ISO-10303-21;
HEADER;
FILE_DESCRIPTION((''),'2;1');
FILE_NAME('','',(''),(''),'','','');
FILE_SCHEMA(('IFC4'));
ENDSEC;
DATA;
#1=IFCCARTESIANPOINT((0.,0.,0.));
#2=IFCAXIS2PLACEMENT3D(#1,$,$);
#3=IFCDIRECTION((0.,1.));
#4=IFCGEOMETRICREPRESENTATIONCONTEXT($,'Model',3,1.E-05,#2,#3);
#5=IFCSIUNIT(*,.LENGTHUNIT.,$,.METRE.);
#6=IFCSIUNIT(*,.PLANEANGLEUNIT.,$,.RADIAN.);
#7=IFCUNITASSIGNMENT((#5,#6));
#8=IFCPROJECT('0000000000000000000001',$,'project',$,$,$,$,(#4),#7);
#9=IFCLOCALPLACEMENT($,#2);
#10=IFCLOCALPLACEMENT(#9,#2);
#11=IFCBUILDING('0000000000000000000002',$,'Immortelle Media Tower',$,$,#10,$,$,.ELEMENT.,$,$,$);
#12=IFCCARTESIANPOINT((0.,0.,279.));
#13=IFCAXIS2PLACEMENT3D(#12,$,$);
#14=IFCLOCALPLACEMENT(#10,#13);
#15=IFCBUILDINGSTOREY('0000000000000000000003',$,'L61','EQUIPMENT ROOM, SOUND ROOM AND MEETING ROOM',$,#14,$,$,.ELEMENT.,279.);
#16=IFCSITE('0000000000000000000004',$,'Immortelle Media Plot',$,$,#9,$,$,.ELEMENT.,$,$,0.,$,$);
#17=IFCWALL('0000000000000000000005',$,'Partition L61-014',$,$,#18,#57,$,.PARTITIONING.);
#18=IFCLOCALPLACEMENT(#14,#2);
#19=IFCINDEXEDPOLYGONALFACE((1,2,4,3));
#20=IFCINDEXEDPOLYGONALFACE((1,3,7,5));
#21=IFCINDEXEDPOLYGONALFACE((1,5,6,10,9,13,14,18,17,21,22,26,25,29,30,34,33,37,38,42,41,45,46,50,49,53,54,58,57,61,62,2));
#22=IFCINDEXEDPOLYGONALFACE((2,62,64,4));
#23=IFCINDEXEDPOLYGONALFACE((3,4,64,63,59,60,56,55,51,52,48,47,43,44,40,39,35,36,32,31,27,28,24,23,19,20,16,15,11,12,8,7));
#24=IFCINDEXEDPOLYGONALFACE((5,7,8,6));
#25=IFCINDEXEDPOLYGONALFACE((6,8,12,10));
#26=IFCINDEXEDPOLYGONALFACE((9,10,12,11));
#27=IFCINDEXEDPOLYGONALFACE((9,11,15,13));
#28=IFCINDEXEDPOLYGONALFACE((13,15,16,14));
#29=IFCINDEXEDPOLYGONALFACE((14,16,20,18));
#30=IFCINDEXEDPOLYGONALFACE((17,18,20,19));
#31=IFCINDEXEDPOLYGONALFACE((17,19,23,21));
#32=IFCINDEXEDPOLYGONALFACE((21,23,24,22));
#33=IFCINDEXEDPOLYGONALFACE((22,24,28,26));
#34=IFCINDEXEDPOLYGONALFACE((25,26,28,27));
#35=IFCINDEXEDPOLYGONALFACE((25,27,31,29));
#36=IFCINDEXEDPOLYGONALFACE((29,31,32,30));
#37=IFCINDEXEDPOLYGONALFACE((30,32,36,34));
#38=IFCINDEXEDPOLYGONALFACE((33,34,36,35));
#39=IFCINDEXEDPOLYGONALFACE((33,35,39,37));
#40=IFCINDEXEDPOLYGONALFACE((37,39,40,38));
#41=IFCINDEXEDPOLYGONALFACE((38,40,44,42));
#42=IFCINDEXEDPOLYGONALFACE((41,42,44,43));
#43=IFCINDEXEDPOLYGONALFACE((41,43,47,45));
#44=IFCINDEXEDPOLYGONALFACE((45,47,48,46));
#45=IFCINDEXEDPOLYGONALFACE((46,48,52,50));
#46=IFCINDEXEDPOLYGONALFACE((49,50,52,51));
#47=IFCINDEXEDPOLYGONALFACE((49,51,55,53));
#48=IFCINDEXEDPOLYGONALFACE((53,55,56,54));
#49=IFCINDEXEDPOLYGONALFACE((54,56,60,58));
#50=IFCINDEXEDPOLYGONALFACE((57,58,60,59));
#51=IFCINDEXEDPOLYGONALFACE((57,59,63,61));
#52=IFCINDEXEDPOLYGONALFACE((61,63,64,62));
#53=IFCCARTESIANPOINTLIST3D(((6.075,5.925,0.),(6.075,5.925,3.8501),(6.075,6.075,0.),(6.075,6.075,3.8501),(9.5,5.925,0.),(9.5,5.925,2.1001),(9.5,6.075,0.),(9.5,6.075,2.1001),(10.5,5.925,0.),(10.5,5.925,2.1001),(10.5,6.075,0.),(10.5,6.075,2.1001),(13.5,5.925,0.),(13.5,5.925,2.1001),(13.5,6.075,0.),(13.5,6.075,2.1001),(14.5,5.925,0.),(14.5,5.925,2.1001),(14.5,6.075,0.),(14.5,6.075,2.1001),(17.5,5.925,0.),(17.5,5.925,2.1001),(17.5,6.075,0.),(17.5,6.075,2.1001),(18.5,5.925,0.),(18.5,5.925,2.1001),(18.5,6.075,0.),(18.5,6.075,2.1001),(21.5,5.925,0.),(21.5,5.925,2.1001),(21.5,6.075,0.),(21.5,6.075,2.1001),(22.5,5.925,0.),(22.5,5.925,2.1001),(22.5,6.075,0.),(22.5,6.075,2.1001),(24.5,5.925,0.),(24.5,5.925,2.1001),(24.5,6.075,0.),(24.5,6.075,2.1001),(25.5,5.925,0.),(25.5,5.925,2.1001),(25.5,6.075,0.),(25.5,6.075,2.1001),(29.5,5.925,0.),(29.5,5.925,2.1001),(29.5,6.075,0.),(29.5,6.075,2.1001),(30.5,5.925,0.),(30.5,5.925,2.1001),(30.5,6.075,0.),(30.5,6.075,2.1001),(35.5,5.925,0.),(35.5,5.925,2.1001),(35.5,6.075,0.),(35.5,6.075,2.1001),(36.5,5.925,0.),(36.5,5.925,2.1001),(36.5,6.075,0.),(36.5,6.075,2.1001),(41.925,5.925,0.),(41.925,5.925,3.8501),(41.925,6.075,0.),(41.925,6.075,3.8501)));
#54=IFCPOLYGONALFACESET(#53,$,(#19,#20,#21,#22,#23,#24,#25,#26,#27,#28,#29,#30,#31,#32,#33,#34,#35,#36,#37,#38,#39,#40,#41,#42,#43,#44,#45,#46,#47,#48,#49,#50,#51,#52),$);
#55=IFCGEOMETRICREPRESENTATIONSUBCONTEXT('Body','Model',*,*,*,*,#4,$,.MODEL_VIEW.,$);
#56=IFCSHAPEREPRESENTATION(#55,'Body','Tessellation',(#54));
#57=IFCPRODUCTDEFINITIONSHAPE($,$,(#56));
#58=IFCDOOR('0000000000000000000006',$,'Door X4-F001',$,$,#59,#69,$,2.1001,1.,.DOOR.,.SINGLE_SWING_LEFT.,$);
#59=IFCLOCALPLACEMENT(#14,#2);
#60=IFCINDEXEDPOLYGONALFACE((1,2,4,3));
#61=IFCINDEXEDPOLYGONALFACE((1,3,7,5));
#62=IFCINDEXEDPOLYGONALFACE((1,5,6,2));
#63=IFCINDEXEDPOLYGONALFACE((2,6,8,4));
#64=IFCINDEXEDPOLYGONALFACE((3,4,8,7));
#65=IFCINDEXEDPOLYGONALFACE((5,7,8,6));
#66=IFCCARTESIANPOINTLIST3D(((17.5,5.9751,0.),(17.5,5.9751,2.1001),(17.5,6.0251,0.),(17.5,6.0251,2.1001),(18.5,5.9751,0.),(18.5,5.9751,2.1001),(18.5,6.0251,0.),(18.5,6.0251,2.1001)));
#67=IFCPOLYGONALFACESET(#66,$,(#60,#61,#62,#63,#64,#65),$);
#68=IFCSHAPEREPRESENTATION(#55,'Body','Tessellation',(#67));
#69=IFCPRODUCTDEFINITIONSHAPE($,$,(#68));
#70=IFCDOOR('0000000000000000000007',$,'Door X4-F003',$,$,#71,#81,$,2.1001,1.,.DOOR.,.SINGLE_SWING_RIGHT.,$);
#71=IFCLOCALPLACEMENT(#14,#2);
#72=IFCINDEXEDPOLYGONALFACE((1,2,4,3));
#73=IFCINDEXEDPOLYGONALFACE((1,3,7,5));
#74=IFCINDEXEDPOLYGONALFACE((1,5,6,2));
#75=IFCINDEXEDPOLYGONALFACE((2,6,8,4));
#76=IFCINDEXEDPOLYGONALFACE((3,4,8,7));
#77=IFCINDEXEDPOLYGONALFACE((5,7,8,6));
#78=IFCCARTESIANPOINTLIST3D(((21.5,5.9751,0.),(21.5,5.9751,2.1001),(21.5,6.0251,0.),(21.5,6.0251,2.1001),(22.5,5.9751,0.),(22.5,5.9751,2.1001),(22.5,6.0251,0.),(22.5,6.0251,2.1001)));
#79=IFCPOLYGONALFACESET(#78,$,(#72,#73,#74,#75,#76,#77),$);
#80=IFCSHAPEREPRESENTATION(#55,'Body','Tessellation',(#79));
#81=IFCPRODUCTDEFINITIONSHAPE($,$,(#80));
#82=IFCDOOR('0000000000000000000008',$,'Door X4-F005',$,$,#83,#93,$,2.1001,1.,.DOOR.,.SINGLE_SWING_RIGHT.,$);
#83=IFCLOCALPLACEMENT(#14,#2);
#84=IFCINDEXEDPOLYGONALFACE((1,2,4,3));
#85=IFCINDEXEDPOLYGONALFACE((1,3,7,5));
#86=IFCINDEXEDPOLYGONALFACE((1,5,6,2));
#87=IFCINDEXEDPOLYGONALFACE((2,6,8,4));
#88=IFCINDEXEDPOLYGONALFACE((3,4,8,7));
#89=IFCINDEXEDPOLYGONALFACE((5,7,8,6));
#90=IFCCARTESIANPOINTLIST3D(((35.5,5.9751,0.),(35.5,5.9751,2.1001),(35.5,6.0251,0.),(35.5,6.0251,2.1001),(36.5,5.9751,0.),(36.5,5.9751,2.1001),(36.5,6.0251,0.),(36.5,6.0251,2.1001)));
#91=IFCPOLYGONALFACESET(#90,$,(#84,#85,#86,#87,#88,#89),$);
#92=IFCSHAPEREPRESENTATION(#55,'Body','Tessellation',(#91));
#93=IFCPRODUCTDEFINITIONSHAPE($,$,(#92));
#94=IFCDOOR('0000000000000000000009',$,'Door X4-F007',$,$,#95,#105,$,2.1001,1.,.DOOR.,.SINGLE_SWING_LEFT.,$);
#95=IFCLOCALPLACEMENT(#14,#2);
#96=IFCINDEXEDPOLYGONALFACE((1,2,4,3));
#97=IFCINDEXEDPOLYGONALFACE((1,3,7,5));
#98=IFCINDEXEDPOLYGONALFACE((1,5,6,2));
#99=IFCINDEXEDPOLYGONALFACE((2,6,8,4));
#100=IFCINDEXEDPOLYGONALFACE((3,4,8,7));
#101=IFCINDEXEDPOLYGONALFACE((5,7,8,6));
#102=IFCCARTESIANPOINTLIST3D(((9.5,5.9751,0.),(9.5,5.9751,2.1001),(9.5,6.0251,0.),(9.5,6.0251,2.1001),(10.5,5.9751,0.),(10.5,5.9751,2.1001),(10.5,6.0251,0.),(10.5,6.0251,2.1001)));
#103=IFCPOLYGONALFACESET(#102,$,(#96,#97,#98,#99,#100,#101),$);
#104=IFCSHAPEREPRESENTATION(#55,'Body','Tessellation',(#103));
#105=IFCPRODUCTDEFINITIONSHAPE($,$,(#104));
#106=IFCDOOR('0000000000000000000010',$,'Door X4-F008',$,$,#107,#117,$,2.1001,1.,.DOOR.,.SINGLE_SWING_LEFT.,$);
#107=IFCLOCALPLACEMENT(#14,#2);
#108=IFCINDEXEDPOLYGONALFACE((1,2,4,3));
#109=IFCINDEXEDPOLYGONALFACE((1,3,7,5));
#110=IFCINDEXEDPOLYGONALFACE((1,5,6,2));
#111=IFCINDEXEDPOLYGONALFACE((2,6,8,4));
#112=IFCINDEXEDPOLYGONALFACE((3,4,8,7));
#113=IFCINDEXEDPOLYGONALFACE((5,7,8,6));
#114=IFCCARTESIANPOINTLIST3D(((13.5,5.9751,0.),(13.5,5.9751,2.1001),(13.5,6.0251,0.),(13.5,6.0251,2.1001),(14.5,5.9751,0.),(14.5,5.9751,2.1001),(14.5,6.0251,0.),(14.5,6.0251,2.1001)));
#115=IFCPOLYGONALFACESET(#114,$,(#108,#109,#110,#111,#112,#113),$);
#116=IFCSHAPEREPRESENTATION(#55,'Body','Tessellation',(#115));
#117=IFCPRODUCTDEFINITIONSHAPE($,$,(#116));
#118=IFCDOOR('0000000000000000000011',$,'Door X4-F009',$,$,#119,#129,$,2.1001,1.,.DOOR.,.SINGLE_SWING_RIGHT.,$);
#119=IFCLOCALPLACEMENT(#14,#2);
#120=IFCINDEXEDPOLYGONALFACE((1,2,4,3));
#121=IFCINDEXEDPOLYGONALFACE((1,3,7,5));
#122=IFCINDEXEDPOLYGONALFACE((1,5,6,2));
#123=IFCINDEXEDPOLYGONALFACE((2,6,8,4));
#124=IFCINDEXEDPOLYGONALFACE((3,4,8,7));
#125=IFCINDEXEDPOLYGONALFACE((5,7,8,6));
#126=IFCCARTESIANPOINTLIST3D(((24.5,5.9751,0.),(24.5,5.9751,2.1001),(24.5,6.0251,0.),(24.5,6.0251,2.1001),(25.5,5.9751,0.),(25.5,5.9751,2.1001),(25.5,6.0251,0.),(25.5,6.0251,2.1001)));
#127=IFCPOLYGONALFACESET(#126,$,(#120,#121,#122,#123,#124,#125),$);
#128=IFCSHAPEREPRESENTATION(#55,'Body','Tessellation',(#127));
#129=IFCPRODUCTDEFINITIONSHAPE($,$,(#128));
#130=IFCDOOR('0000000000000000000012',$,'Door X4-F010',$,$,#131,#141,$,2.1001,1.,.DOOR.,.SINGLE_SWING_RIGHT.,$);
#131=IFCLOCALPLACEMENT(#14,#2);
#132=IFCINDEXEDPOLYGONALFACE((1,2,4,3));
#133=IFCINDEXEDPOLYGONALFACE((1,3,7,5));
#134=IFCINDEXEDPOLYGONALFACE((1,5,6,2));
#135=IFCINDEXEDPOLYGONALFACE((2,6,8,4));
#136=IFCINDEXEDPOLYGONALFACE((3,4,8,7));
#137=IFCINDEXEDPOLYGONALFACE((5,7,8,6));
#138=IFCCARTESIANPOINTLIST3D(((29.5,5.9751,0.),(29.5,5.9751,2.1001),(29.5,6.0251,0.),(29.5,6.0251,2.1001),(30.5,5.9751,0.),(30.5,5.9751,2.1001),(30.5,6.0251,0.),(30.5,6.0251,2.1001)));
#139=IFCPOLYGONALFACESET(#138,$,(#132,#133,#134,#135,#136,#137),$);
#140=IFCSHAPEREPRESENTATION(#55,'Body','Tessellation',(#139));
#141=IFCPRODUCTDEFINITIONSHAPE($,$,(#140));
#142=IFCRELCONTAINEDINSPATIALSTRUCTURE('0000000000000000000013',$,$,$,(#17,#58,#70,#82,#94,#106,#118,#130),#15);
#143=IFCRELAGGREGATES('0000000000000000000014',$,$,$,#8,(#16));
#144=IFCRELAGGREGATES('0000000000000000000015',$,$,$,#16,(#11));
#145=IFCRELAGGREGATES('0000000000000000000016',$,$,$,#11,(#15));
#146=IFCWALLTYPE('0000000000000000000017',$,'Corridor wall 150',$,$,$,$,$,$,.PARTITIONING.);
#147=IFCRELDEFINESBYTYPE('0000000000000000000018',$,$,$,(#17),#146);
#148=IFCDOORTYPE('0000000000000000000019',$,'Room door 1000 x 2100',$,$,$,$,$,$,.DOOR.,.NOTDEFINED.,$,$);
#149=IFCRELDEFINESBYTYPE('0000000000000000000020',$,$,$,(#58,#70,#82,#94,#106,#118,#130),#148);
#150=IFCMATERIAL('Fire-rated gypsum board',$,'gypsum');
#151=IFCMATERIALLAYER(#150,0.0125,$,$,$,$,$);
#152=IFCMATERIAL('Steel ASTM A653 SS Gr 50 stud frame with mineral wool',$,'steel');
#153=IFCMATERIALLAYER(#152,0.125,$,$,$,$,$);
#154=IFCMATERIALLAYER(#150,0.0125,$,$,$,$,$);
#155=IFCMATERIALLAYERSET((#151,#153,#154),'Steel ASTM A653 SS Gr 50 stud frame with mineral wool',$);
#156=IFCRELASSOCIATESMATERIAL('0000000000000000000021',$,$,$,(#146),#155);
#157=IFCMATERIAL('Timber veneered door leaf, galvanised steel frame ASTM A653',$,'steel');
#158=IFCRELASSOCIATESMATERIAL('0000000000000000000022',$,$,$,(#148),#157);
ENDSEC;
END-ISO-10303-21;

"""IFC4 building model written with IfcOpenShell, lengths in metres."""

from ifc_helpers import new_model, si_unit, direction, frame, frame_2d, origin, place, context, subcontext, project, spatial, rectangle, extrude, material, layer, layer_set, type_object, element, fill, save


model = new_model("IFC4")

# Units and contexts
model_context = context("Model", 3, precision=1e-05, world=origin(), true_north=direction((0.0, 1.0)))
body_context = subcontext(model_context, "Body", "Model", "MODEL_VIEW")
ifc_project = project(units=[si_unit("LENGTHUNIT", "METRE"), si_unit("PLANEANGLEUNIT", "RADIAN")], contexts=[model_context])

# Site, building, storey
site_placement = place(None, origin())
site = spatial("IfcSite", under=ifc_project, at=site_placement, Name="Immortelle Media Plot", CompositionType="ELEMENT", RefElevation=0.0)
building_placement = place(site_placement, origin())
building = spatial("IfcBuilding", under=site, at=building_placement, Name="Immortelle Media Tower", CompositionType="ELEMENT")
storey_placement = place(building_placement, frame((0.0, 0.0, 279.0)))
storey = spatial("IfcBuildingStorey", under=building, at=storey_placement, Name="L61", Description="EQUIPMENT ROOM, SOUND ROOM AND MEETING ROOM", CompositionType="ELEMENT", Elevation=279.0)

# Wall, openings, doors
ifc_material_1 = material(Name="Fire-rated gypsum board", Category="gypsum")
ifc_layer_1 = layer(ifc_material_1, 0.0125)
ifc_material_2 = material(Name="Steel ASTM A653 SS Gr 50 stud frame with mineral wool", Category="steel")
ifc_layer_2 = layer(ifc_material_2, 0.125)
ifc_layer_3 = layer(ifc_material_1, 0.0125)
ifc_layer_set_1 = layer_set([ifc_layer_1, ifc_layer_2, ifc_layer_3], Name="Steel ASTM A653 SS Gr 50 stud frame with mineral wool")
wall_type_1 = type_object("IfcWallType", Name="Corridor wall 150", PredefinedType="PARTITIONING", material=ifc_layer_set_1)
wall_1_placement = place(storey_placement, frame((6.075, 6.0, 0.0), z_axis=(0.0, 0.0, 1.0), x_axis=(1.0, 0.0, 0.0)))
wall_1 = element("IfcWall", 1, at=wall_1_placement, inside=storey, type_object=wall_type_1, Name="Partition L61-014", PredefinedType="PARTITIONING", context=body_context, shape_type="SweptSolid", body=[
    extrude(rectangle(XDim=35.8501, YDim=0.1499, at=frame_2d((17.925, 0.0))), origin(), (0.0, 0.0, 1.0), 3.8501),
])
opening_1_placement = place(wall_1_placement, frame((12.425, 0.0, 0.0), z_axis=(0.0, 0.0, 1.0), x_axis=(-1.0, 0.0, 0.0)))
opening_1 = element("IfcOpeningElement", 2, at=opening_1_placement, cuts=wall_1, PredefinedType="OPENING", context=body_context, shape_type="SweptSolid", body=[
    extrude(rectangle(XDim=1.0, YDim=2.1001, at=frame_2d((0.5, 1.05))), frame((0.0, 0.085, 0.0), z_axis=(0.0, -1.0, 0.0), x_axis=(1.0, 0.0, 0.0)), (0.0, 0.0, 1.0), 0.1699),
])
opening_2_placement = place(wall_1_placement, frame((16.425, 0.0, 0.0), z_axis=(0.0, 0.0, 1.0), x_axis=(-1.0, 0.0, 0.0)))
opening_2 = element("IfcOpeningElement", 3, at=opening_2_placement, cuts=wall_1, PredefinedType="OPENING", context=body_context, shape_type="SweptSolid", body=[
    extrude(rectangle(XDim=1.0, YDim=2.1001, at=frame_2d((0.5, 1.05))), frame((0.0, 0.085, 0.0), z_axis=(0.0, -1.0, 0.0), x_axis=(1.0, 0.0, 0.0)), (0.0, 0.0, 1.0), 0.1699),
])
opening_3_placement = place(wall_1_placement, frame((30.425, 0.0, 0.0), z_axis=(0.0, 0.0, 1.0), x_axis=(-1.0, 0.0, 0.0)))
opening_3 = element("IfcOpeningElement", 4, at=opening_3_placement, cuts=wall_1, PredefinedType="OPENING", context=body_context, shape_type="SweptSolid", body=[
    extrude(rectangle(XDim=1.0, YDim=2.1001, at=frame_2d((0.5, 1.05))), frame((0.0, 0.085, 0.0), z_axis=(0.0, -1.0, 0.0), x_axis=(1.0, 0.0, 0.0)), (0.0, 0.0, 1.0), 0.1699),
])
opening_4_placement = place(wall_1_placement, frame((4.425, 0.0, 0.0), z_axis=(0.0, 0.0, 1.0), x_axis=(-1.0, 0.0, 0.0)))
opening_4 = element("IfcOpeningElement", 5, at=opening_4_placement, cuts=wall_1, PredefinedType="OPENING", context=body_context, shape_type="SweptSolid", body=[
    extrude(rectangle(XDim=1.0, YDim=2.1001, at=frame_2d((0.5, 1.05))), frame((0.0, 0.085, 0.0), z_axis=(0.0, -1.0, 0.0), x_axis=(1.0, 0.0, 0.0)), (0.0, 0.0, 1.0), 0.1699),
])
opening_5_placement = place(wall_1_placement, frame((8.425, 0.0, 0.0), z_axis=(0.0, 0.0, 1.0), x_axis=(-1.0, 0.0, 0.0)))
opening_5 = element("IfcOpeningElement", 6, at=opening_5_placement, cuts=wall_1, PredefinedType="OPENING", context=body_context, shape_type="SweptSolid", body=[
    extrude(rectangle(XDim=1.0, YDim=2.1001, at=frame_2d((0.5, 1.05))), frame((0.0, 0.085, 0.0), z_axis=(0.0, -1.0, 0.0), x_axis=(1.0, 0.0, 0.0)), (0.0, 0.0, 1.0), 0.1699),
])
opening_6_placement = place(wall_1_placement, frame((19.425, 0.0, 0.0), z_axis=(0.0, 0.0, 1.0), x_axis=(-1.0, 0.0, 0.0)))
opening_6 = element("IfcOpeningElement", 7, at=opening_6_placement, cuts=wall_1, PredefinedType="OPENING", context=body_context, shape_type="SweptSolid", body=[
    extrude(rectangle(XDim=1.0, YDim=2.1001, at=frame_2d((0.5, 1.05))), frame((0.0, 0.085, 0.0), z_axis=(0.0, -1.0, 0.0), x_axis=(1.0, 0.0, 0.0)), (0.0, 0.0, 1.0), 0.1699),
])
opening_7_placement = place(wall_1_placement, frame((24.425, 0.0, 0.0), z_axis=(0.0, 0.0, 1.0), x_axis=(-1.0, 0.0, 0.0)))
opening_7 = element("IfcOpeningElement", 8, at=opening_7_placement, cuts=wall_1, PredefinedType="OPENING", context=body_context, shape_type="SweptSolid", body=[
    extrude(rectangle(XDim=1.0, YDim=2.1001, at=frame_2d((0.5, 1.05))), frame((0.0, 0.085, 0.0), z_axis=(0.0, -1.0, 0.0), x_axis=(1.0, 0.0, 0.0)), (0.0, 0.0, 1.0), 0.1699),
])
ifc_material_3 = material(Name="Timber veneered door leaf, galvanised steel frame ASTM A653", Category="steel")
door_type = type_object("IfcDoorType", Name="Room door 1000 x 2100", OperationType="NOTDEFINED", PredefinedType="DOOR", material=ifc_material_3)
door_1_placement = place(opening_1_placement, origin())
door_1 = element("IfcDoor", 9, at=door_1_placement, inside=storey, type_object=door_type, Name="Door X4-F001", OperationType="SINGLE_SWING_LEFT", OverallHeight=2.1001, OverallWidth=1.0, PredefinedType="DOOR", context=body_context, shape_type="SweptSolid", body=[
    extrude(rectangle(XDim=1.0, YDim=2.1001, at=frame_2d((0.5, 1.05))), frame((0.0, 0.0249, 0.0), z_axis=(0.0, -1.0, 0.0), x_axis=(1.0, 0.0, 0.0)), (0.0, 0.0, 1.0), 0.05),
])
fill(opening_1, door_1)
door_2_placement = place(opening_2_placement, origin())
door_2 = element("IfcDoor", 10, at=door_2_placement, inside=storey, type_object=door_type, Name="Door X4-F003", OperationType="SINGLE_SWING_RIGHT", OverallHeight=2.1001, OverallWidth=1.0, PredefinedType="DOOR", context=body_context, shape_type="SweptSolid", body=[
    extrude(rectangle(XDim=1.0, YDim=2.1001, at=frame_2d((0.5, 1.05))), frame((0.0, 0.0249, 0.0), z_axis=(0.0, -1.0, 0.0), x_axis=(1.0, 0.0, 0.0)), (0.0, 0.0, 1.0), 0.05),
])
fill(opening_2, door_2)
door_3_placement = place(opening_3_placement, origin())
door_3 = element("IfcDoor", 11, at=door_3_placement, inside=storey, type_object=door_type, Name="Door X4-F005", OperationType="SINGLE_SWING_RIGHT", OverallHeight=2.1001, OverallWidth=1.0, PredefinedType="DOOR", context=body_context, shape_type="SweptSolid", body=[
    extrude(rectangle(XDim=1.0, YDim=2.1001, at=frame_2d((0.5, 1.05))), frame((0.0, 0.0249, 0.0), z_axis=(0.0, -1.0, 0.0), x_axis=(1.0, 0.0, 0.0)), (0.0, 0.0, 1.0), 0.05),
])
fill(opening_3, door_3)
door_4_placement = place(opening_4_placement, origin())
door_4 = element("IfcDoor", 12, at=door_4_placement, inside=storey, type_object=door_type, Name="Door X4-F007", OperationType="SINGLE_SWING_LEFT", OverallHeight=2.1001, OverallWidth=1.0, PredefinedType="DOOR", context=body_context, shape_type="SweptSolid", body=[
    extrude(rectangle(XDim=1.0, YDim=2.1001, at=frame_2d((0.5, 1.05))), frame((0.0, 0.0249, 0.0), z_axis=(0.0, -1.0, 0.0), x_axis=(1.0, 0.0, 0.0)), (0.0, 0.0, 1.0), 0.05),
])
fill(opening_4, door_4)
door_5_placement = place(opening_5_placement, origin())
door_5 = element("IfcDoor", 13, at=door_5_placement, inside=storey, type_object=door_type, Name="Door X4-F008", OperationType="SINGLE_SWING_LEFT", OverallHeight=2.1001, OverallWidth=1.0, PredefinedType="DOOR", context=body_context, shape_type="SweptSolid", body=[
    extrude(rectangle(XDim=1.0, YDim=2.1001, at=frame_2d((0.5, 1.05))), frame((0.0, 0.0249, 0.0), z_axis=(0.0, -1.0, 0.0), x_axis=(1.0, 0.0, 0.0)), (0.0, 0.0, 1.0), 0.05),
])
fill(opening_5, door_5)
door_6_placement = place(opening_6_placement, origin())
door_6 = element("IfcDoor", 14, at=door_6_placement, inside=storey, type_object=door_type, Name="Door X4-F009", OperationType="SINGLE_SWING_RIGHT", OverallHeight=2.1001, OverallWidth=1.0, PredefinedType="DOOR", context=body_context, shape_type="SweptSolid", body=[
    extrude(rectangle(XDim=1.0, YDim=2.1001, at=frame_2d((0.5, 1.05))), frame((0.0, 0.0249, 0.0), z_axis=(0.0, -1.0, 0.0), x_axis=(1.0, 0.0, 0.0)), (0.0, 0.0, 1.0), 0.05),
])
fill(opening_6, door_6)
door_7_placement = place(opening_7_placement, origin())
door_7 = element("IfcDoor", 15, at=door_7_placement, inside=storey, type_object=door_type, Name="Door X4-F010", OperationType="SINGLE_SWING_RIGHT", OverallHeight=2.1001, OverallWidth=1.0, PredefinedType="DOOR", context=body_context, shape_type="SweptSolid", body=[
    extrude(rectangle(XDim=1.0, YDim=2.1001, at=frame_2d((0.5, 1.05))), frame((0.0, 0.0249, 0.0), z_axis=(0.0, -1.0, 0.0), x_axis=(1.0, 0.0, 0.0)), (0.0, 0.0, 1.0), 0.05),
])
fill(opening_7, door_7)

save(model, "model.ifc")
